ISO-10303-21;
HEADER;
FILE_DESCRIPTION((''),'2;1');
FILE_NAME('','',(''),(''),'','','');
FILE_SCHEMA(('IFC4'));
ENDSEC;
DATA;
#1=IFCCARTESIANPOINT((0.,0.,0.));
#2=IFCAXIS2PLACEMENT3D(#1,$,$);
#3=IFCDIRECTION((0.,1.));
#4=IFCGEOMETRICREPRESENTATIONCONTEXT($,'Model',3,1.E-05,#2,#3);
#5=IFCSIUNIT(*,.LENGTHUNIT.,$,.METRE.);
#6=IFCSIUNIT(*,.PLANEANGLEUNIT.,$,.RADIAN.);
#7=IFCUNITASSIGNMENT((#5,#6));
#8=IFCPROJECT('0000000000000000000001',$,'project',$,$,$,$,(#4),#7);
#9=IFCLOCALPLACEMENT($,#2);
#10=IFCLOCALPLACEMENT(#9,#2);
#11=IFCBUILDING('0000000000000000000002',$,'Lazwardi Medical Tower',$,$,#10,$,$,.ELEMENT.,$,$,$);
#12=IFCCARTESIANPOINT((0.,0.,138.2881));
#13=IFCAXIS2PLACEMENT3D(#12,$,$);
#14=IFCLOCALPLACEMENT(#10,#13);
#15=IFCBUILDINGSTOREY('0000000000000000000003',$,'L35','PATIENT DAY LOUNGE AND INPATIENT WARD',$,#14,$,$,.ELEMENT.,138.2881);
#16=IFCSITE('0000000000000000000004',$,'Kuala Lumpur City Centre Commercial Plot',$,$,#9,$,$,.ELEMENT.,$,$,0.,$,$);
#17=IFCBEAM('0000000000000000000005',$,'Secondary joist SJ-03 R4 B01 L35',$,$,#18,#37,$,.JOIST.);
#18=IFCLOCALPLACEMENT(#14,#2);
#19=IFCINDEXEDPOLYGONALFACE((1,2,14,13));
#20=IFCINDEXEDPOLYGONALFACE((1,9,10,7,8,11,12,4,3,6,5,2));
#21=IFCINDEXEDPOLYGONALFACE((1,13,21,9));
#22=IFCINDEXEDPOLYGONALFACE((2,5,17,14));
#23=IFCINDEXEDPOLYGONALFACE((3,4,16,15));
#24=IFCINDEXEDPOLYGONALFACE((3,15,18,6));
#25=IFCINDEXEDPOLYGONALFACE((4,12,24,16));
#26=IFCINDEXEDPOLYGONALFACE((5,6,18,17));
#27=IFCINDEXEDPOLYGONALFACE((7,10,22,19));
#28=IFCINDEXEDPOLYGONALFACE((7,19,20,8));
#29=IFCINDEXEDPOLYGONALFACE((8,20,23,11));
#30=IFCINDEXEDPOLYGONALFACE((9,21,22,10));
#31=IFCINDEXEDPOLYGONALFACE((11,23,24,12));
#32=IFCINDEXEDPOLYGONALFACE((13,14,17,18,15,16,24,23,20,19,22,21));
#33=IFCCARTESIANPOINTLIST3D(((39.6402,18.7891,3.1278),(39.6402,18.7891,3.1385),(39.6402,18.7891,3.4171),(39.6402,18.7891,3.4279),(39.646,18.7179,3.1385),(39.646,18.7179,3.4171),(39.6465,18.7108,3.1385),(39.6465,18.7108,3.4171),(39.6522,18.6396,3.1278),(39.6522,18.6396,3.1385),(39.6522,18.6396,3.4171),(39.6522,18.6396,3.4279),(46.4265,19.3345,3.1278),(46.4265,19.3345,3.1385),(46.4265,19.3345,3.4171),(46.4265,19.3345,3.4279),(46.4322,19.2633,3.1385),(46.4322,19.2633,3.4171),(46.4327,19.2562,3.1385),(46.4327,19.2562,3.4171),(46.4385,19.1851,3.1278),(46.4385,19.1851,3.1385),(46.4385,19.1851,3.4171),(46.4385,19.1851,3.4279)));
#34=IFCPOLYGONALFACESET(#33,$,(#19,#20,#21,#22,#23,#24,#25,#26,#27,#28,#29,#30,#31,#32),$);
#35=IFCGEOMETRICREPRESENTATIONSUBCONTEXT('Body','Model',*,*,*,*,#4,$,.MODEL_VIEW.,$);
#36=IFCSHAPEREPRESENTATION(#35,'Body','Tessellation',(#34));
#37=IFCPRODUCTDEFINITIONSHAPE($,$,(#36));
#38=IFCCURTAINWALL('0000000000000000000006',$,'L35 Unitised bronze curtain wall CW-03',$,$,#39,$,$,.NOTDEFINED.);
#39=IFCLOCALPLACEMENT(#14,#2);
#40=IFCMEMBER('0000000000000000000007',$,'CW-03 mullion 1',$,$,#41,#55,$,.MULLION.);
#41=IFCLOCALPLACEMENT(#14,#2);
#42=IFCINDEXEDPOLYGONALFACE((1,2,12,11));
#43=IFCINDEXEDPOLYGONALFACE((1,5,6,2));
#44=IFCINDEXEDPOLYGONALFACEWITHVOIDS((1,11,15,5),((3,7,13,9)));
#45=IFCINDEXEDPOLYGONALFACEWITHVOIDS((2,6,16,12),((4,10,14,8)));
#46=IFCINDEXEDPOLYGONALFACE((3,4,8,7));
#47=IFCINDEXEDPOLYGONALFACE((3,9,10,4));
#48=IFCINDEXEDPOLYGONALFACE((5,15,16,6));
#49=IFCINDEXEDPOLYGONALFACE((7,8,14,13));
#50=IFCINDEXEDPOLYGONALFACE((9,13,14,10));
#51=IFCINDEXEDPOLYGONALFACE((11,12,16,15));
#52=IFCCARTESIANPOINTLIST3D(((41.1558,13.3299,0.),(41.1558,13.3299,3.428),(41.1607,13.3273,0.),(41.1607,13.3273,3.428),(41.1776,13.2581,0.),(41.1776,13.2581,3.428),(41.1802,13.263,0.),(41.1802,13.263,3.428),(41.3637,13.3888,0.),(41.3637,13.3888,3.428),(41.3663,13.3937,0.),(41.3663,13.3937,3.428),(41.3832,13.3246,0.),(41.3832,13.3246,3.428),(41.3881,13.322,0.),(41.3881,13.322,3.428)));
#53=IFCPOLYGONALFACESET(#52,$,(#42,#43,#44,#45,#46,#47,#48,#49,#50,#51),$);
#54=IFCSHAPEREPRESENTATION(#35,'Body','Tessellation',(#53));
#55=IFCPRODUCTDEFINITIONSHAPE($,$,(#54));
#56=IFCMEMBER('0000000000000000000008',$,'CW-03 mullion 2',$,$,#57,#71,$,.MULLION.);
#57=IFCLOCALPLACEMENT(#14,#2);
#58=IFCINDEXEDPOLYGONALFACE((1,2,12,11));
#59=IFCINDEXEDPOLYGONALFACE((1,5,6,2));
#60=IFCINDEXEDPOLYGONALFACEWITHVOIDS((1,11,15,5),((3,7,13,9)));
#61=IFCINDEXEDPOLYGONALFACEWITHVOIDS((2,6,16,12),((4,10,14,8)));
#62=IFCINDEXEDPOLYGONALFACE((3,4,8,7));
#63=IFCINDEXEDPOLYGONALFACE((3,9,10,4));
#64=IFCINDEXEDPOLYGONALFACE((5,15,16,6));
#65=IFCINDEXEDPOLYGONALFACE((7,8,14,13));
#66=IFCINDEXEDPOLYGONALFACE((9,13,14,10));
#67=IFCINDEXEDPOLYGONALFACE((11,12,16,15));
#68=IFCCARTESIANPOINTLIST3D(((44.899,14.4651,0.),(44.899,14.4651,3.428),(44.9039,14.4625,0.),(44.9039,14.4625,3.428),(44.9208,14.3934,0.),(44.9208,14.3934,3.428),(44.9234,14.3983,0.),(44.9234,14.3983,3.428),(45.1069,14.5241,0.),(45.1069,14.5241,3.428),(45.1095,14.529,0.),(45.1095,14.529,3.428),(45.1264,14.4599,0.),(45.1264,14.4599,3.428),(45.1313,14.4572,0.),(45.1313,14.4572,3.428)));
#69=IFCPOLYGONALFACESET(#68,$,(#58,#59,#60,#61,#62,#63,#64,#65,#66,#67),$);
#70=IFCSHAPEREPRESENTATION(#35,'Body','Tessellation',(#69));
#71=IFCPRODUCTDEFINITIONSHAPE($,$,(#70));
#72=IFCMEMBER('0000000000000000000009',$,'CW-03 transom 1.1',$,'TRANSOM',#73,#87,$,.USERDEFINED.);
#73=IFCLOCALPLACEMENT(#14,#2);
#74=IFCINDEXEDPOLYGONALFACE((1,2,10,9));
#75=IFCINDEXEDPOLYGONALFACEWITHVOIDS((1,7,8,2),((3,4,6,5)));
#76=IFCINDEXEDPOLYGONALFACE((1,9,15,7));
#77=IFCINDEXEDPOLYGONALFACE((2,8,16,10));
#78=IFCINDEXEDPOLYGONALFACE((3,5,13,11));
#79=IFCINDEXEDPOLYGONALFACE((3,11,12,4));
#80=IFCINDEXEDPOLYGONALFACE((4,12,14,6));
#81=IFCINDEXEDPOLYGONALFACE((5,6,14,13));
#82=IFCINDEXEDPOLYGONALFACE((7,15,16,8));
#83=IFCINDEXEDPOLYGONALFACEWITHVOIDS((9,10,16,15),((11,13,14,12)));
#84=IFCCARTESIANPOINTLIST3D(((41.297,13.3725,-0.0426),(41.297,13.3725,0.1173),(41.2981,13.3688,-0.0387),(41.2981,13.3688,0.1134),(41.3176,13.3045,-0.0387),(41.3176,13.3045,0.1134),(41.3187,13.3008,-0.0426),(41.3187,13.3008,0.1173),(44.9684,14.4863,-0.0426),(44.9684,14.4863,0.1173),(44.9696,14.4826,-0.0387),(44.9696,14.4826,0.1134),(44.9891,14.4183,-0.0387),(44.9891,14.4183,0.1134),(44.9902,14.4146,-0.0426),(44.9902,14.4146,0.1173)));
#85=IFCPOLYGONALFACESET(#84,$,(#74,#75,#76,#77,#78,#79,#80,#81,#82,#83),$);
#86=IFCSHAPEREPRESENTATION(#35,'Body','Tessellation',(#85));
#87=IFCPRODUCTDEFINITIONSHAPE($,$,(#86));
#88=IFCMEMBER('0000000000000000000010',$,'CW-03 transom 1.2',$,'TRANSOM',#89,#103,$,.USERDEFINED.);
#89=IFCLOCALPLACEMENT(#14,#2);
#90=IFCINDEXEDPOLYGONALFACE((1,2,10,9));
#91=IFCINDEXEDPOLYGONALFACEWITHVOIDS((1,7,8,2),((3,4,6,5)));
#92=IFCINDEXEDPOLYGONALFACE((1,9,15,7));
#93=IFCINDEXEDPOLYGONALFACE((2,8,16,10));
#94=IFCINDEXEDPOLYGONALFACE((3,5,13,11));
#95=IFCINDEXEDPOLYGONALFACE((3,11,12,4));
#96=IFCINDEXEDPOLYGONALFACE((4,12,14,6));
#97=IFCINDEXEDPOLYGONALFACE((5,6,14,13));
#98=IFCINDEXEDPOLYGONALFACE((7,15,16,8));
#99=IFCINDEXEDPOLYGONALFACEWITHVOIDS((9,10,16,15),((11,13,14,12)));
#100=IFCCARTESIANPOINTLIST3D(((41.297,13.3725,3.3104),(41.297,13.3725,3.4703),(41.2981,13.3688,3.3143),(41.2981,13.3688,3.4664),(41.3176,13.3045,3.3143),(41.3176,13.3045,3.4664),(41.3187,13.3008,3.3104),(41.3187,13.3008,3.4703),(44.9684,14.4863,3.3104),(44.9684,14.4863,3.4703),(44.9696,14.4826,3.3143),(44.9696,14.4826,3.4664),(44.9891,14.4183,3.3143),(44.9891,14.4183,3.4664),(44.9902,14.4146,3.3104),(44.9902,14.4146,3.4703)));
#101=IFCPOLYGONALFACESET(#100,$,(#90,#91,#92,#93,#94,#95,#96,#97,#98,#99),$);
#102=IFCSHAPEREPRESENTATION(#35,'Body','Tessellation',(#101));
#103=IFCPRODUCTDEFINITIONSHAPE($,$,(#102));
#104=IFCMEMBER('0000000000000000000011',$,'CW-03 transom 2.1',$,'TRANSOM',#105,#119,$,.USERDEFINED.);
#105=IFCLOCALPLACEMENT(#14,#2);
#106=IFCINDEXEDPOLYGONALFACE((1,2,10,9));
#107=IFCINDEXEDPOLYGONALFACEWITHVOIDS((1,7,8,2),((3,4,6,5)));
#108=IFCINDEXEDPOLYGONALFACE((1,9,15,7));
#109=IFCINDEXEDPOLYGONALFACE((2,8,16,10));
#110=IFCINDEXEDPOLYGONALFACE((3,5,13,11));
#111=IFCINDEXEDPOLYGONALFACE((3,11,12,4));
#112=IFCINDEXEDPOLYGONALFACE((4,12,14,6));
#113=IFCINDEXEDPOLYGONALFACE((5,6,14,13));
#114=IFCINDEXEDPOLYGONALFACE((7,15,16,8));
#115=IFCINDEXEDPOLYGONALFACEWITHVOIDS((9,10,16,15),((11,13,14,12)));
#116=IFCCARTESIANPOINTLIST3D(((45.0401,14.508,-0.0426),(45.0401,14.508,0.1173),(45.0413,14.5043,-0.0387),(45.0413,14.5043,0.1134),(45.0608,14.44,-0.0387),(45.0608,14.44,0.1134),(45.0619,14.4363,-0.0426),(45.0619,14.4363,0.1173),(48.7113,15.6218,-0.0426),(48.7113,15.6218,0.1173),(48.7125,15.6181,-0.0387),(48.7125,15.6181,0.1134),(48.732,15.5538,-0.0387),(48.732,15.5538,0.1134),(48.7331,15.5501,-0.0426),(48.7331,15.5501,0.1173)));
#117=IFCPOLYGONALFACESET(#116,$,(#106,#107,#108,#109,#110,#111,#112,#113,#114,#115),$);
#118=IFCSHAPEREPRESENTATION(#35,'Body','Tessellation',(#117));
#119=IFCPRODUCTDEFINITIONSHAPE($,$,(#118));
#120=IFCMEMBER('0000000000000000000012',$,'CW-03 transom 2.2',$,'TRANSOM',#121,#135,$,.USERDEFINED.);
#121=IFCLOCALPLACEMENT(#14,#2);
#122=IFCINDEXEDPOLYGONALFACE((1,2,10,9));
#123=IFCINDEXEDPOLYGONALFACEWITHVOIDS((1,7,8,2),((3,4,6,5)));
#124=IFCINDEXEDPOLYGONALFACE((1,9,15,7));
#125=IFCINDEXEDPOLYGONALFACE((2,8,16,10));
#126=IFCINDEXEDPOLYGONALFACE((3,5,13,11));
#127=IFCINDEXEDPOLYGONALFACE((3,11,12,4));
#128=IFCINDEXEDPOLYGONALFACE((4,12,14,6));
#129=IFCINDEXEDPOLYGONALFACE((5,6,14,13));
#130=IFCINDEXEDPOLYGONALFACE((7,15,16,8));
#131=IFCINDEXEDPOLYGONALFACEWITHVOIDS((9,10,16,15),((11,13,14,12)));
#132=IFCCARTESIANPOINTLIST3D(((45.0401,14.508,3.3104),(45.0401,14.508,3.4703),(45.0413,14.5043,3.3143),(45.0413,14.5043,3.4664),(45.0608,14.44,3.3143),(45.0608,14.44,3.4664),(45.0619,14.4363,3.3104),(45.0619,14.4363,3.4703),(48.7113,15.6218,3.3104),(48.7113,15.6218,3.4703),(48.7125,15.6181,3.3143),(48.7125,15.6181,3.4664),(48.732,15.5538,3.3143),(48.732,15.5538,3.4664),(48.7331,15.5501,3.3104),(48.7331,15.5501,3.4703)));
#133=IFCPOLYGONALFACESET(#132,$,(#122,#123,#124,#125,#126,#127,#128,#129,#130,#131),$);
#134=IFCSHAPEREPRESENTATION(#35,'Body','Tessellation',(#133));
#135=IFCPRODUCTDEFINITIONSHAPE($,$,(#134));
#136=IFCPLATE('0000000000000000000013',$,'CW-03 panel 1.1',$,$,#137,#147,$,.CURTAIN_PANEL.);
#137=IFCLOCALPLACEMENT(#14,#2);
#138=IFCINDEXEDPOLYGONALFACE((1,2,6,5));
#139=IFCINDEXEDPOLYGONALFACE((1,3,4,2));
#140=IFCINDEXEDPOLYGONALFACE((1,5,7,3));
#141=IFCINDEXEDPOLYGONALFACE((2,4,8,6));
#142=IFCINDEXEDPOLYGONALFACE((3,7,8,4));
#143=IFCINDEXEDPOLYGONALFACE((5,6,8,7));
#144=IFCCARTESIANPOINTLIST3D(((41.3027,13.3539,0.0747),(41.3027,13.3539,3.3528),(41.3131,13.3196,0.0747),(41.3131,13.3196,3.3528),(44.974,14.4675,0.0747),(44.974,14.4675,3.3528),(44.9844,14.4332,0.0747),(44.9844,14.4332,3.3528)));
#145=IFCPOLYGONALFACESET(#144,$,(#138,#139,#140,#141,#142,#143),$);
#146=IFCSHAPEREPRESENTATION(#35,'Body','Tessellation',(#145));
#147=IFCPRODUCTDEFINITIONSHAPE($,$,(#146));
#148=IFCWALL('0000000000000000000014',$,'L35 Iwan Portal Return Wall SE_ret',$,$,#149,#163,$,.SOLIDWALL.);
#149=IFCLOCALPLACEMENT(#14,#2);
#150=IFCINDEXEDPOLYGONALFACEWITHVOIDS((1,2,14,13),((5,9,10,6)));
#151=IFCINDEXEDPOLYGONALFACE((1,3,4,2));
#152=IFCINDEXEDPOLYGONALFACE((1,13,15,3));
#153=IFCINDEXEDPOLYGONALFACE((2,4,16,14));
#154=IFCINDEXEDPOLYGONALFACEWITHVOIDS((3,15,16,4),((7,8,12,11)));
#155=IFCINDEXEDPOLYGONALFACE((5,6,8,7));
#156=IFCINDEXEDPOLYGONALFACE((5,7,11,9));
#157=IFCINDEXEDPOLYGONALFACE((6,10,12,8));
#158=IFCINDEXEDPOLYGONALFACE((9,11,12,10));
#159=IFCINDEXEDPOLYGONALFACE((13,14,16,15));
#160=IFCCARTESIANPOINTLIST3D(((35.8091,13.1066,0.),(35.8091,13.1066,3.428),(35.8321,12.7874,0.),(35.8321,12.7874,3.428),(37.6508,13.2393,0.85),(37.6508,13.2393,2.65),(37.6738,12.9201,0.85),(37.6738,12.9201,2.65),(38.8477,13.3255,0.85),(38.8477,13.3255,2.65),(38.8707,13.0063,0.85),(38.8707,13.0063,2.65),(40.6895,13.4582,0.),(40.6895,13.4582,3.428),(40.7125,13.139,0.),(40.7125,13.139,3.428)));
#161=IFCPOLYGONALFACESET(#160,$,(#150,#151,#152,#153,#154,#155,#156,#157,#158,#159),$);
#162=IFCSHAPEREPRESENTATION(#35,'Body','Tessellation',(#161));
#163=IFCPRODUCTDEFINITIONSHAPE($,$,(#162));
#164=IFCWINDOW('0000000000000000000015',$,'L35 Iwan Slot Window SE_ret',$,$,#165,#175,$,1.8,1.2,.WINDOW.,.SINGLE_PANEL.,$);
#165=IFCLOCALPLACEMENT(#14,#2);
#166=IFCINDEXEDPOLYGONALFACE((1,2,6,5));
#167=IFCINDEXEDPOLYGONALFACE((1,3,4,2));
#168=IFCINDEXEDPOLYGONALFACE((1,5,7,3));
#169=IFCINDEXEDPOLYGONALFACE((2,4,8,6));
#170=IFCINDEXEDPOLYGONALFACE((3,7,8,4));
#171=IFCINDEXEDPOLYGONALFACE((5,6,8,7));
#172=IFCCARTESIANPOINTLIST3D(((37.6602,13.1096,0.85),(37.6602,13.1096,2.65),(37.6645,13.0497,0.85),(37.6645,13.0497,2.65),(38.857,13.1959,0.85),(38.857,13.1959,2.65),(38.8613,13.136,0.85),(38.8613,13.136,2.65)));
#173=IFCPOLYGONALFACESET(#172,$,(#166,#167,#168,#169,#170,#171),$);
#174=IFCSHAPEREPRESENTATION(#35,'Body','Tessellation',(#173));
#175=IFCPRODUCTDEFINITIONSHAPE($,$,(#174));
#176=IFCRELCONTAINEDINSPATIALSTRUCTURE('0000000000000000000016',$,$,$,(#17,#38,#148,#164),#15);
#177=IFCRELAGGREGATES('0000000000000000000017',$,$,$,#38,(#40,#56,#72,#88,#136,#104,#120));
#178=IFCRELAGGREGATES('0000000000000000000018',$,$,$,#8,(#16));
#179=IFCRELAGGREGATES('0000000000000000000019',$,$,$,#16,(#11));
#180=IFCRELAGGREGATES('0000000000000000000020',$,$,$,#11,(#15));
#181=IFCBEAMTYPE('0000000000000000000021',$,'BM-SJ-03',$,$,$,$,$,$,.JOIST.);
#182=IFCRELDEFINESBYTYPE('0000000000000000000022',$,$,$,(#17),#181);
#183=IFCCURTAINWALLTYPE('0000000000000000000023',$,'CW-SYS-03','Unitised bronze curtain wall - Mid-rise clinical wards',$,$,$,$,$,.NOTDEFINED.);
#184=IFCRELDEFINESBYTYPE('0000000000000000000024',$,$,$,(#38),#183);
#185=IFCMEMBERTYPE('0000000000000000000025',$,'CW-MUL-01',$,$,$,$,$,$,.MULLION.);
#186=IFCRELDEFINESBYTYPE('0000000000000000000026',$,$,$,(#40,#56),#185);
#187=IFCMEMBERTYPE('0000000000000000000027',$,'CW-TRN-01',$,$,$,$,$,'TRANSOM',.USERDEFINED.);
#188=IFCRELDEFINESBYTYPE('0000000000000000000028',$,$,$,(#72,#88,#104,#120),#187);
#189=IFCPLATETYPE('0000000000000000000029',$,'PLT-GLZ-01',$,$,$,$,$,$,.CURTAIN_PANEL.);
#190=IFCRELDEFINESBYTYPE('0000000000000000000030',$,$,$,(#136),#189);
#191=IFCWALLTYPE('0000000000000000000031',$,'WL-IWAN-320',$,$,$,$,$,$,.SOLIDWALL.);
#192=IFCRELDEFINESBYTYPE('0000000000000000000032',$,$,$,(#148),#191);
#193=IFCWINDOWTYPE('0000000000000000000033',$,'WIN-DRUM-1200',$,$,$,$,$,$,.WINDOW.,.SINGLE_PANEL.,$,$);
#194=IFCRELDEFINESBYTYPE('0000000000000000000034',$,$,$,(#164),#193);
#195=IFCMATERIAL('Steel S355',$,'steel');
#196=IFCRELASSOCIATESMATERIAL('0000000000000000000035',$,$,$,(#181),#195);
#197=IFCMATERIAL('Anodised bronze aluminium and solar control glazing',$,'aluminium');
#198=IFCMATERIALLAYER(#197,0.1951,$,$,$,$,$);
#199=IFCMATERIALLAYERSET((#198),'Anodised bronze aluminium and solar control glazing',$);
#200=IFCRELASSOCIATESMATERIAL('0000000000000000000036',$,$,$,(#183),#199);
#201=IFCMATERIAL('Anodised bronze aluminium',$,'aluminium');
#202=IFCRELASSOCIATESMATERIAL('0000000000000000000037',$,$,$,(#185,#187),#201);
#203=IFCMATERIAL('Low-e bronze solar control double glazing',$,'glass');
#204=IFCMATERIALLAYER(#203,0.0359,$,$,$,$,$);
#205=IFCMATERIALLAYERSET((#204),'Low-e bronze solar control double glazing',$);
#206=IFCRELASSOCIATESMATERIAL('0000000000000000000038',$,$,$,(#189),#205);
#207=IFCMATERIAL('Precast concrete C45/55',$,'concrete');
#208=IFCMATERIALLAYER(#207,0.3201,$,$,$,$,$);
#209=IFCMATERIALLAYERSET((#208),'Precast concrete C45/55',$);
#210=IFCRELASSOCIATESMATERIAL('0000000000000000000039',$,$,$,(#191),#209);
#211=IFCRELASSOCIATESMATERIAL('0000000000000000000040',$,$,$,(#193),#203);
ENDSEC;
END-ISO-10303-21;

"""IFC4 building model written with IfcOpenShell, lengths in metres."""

from ifc_helpers import new_model, si_unit, direction, frame, frame_2d, origin, origin_2d, place, context, subcontext, project, spatial, rectangle, hollow_rectangle, i_section, extrude, material, layer, layer_set, material_profile, profile_set, type_object, element, fill, aggregate, save


model = new_model("IFC4")

# Units and contexts
model_context = context("Model", 3, precision=1e-05, world=origin(), true_north=direction((0.0, 1.0)))
body_context = subcontext(model_context, "Body", "Model", "MODEL_VIEW")
ifc_project = project(units=[si_unit("LENGTHUNIT", "METRE"), si_unit("PLANEANGLEUNIT", "RADIAN")], contexts=[model_context])

# Site, building, storey
site_placement = place(None, origin())
site = spatial("IfcSite", under=ifc_project, at=site_placement, Name="Kuala Lumpur City Centre Commercial Plot", CompositionType="ELEMENT", RefElevation=0.0)
building_placement = place(site_placement, origin())
building = spatial("IfcBuilding", under=site, at=building_placement, Name="Lazwardi Medical Tower", CompositionType="ELEMENT")
storey_placement = place(building_placement, frame((0.0, 0.0, 138.2881)))
storey = spatial("IfcBuildingStorey", under=building, at=storey_placement, Name="L35", Description="PATIENT DAY LOUNGE AND INPATIENT WARD", CompositionType="ELEMENT", Elevation=138.2881)

# Beam
ifc_material_1 = material(Name="Steel S355", Category="steel")
ifc_material_profile_1 = material_profile(ifc_material_1, i_section(OverallWidth=0.1499, OverallDepth=0.3, WebThickness=0.0071, FlangeThickness=0.0107, at=origin_2d()), Name="IPE 300")
ifc_profile_set_1 = profile_set([ifc_material_profile_1], Name="Steel S355")
beam_type_1 = type_object("IfcBeamType", Name="BM-SJ-03", PredefinedType="JOIST", material=ifc_profile_set_1)
beam_1_placement = place(storey_placement, frame((39.6462, 18.7144, 3.2778), z_axis=(0.996786, 0.080113, 0.0), x_axis=(-0.080113, 0.996786, 0.0)))
element("IfcBeam", 1, at=beam_1_placement, inside=storey, type_object=beam_type_1, Name="Secondary joist SJ-03 R4 B01 L35", PredefinedType="JOIST", context=body_context, shape_type="SweptSolid", body=[
    extrude(i_section(OverallWidth=0.1499, OverallDepth=0.3, WebThickness=0.0071, FlangeThickness=0.0107, at=origin_2d()), origin(), (0.0, 0.0, 1.0), 6.8081),
])

# Curtain wall, members, plate
ifc_material_2 = material(Name="Anodised bronze aluminium and solar control glazing", Category="aluminium")
ifc_layer_1 = layer(ifc_material_2, 0.1951)
ifc_layer_set_1 = layer_set([ifc_layer_1], Name="Anodised bronze aluminium and solar control glazing")
curtain_wall_type = type_object("IfcCurtainWallType", Name="CW-SYS-03", Description="Unitised bronze curtain wall - Mid-rise clinical wards", PredefinedType="NOTDEFINED", material=ifc_layer_set_1)
curtain_wall_placement = place(storey_placement, origin())
curtain_wall = element("IfcCurtainWall", 2, at=curtain_wall_placement, inside=storey, type_object=curtain_wall_type, Name="L35 Unitised bronze curtain wall CW-03", PredefinedType="NOTDEFINED")
ifc_material_3 = material(Name="Anodised bronze aluminium", Category="aluminium")
ifc_material_profile_2 = material_profile(ifc_material_3, hollow_rectangle(XDim=0.075, YDim=0.22, WallThickness=0.0039, at=origin_2d()), Name="ALU-MULLION 220x75x4")
ifc_profile_set_2 = profile_set([ifc_material_profile_2], Name="Anodised bronze aluminium")
member_type_1 = type_object("IfcMemberType", Name="CW-MUL-01", PredefinedType="MULLION", material=ifc_profile_set_2)
member_1_placement = place(storey_placement, frame((41.272, 13.3259, 0.0), z_axis=(0.0, 0.0, 1.0), x_axis=(-0.290281, 0.956942, 0.0)))
member_1 = element("IfcMember", 3, at=member_1_placement, type_object=member_type_1, Name="CW-03 mullion 1", PredefinedType="MULLION", context=body_context, shape_type="SweptSolid", body=[
    extrude(hollow_rectangle(XDim=0.075, YDim=0.22, WallThickness=0.0039, at=origin_2d()), origin(), (0.0, 0.0, 1.0), 3.428),
])
member_2_placement = place(storey_placement, frame((45.0151, 14.4612, 0.0), z_axis=(0.0, 0.0, 1.0), x_axis=(-0.290281, 0.956942, 0.0)))
member_2 = element("IfcMember", 4, at=member_2_placement, type_object=member_type_1, Name="CW-03 mullion 2", PredefinedType="MULLION", context=body_context, shape_type="SweptSolid", body=[
    extrude(hollow_rectangle(XDim=0.075, YDim=0.22, WallThickness=0.0039, at=origin_2d()), origin(), (0.0, 0.0, 1.0), 3.428),
])
ifc_material_profile_3 = material_profile(ifc_material_3, hollow_rectangle(XDim=0.075, YDim=0.1599, WallThickness=0.0039, at=origin_2d()), Name="ALU-TRANSOM 160x75x4")
ifc_profile_set_3 = profile_set([ifc_material_profile_3], Name="Anodised bronze aluminium")
member_type_2 = type_object("IfcMemberType", Name="CW-TRN-01", ElementType="TRANSOM", PredefinedType="USERDEFINED", material=ifc_profile_set_3)
member_3_placement = place(storey_placement, frame((41.3079, 13.3367, 0.0374), z_axis=(0.956936, 0.290301, 0.0), x_axis=(-0.290301, 0.956936, 0.0)))
member_3 = element("IfcMember", 5, at=member_3_placement, type_object=member_type_2, Name="CW-03 transom 1.1", ObjectType="TRANSOM", PredefinedType="USERDEFINED", context=body_context, shape_type="SweptSolid", body=[
    extrude(hollow_rectangle(XDim=0.075, YDim=0.1599, WallThickness=0.0039, at=origin_2d()), origin(), (0.0, 0.0, 1.0), 3.8367),
])
member_4_placement = place(storey_placement, frame((41.3079, 13.3367, 3.3904), z_axis=(0.956936, 0.290301, 0.0), x_axis=(-0.290301, 0.956936, 0.0)))
member_4 = element("IfcMember", 6, at=member_4_placement, type_object=member_type_2, Name="CW-03 transom 1.2", ObjectType="TRANSOM", PredefinedType="USERDEFINED", context=body_context, shape_type="SweptSolid", body=[
    extrude(hollow_rectangle(XDim=0.075, YDim=0.1599, WallThickness=0.0039, at=origin_2d()), origin(), (0.0, 0.0, 1.0), 3.8367),
])
member_5_placement = place(storey_placement, frame((45.051, 14.4722, 0.0374), z_axis=(0.95693, 0.290318, 0.0), x_axis=(-0.290318, 0.95693, 0.0)))
member_5 = element("IfcMember", 7, at=member_5_placement, type_object=member_type_2, Name="CW-03 transom 2.1", ObjectType="TRANSOM", PredefinedType="USERDEFINED", context=body_context, shape_type="SweptSolid", body=[
    extrude(hollow_rectangle(XDim=0.075, YDim=0.1599, WallThickness=0.0039, at=origin_2d()), origin(), (0.0, 0.0, 1.0), 3.8364),
])
member_6_placement = place(storey_placement, frame((45.051, 14.4722, 3.3904), z_axis=(0.95693, 0.290318, 0.0), x_axis=(-0.290318, 0.95693, 0.0)))
member_6 = element("IfcMember", 8, at=member_6_placement, type_object=member_type_2, Name="CW-03 transom 2.2", ObjectType="TRANSOM", PredefinedType="USERDEFINED", context=body_context, shape_type="SweptSolid", body=[
    extrude(hollow_rectangle(XDim=0.075, YDim=0.1599, WallThickness=0.0039, at=origin_2d()), origin(), (0.0, 0.0, 1.0), 3.8364),
])
ifc_material_4 = material(Name="Low-e bronze solar control double glazing", Category="glass")
ifc_layer_2 = layer(ifc_material_4, 0.0359)
ifc_layer_set_2 = layer_set([ifc_layer_2], Name="Low-e bronze solar control double glazing")
plate_type = type_object("IfcPlateType", Name="PLT-GLZ-01", PredefinedType="CURTAIN_PANEL", material=ifc_layer_set_2)
plate_placement = place(storey_placement, frame((43.1436, 13.8936, 0.0747), z_axis=(0.0, 0.0, 1.0), x_axis=(0.956942, 0.290281, 0.0)))
plate = element("IfcPlate", 9, at=plate_placement, type_object=plate_type, Name="CW-03 panel 1.1", PredefinedType="CURTAIN_PANEL", context=body_context, shape_type="SweptSolid", body=[
    extrude(rectangle(XDim=3.8364, YDim=0.0359, at=origin_2d()), origin(), (0.0, 0.0, 1.0), 3.2781),
])
aggregate(curtain_wall, [member_1, member_2, member_3, member_4, plate, member_5, member_6])

# Wall, opening, window
ifc_material_5 = material(Name="Precast concrete C45/55", Category="concrete")
ifc_layer_3 = layer(ifc_material_5, 0.3201)
ifc_layer_set_3 = layer_set([ifc_layer_3], Name="Precast concrete C45/55")
wall_type_1 = type_object("IfcWallType", Name="WL-IWAN-320", PredefinedType="SOLIDWALL", material=ifc_layer_set_3)
wall_1_placement = place(storey_placement, frame((35.8206, 12.947, 0.0), z_axis=(0.0, 0.0, 1.0), x_axis=(0.997415, 0.07185, 0.0)))
wall_1 = element("IfcWall", 10, at=wall_1_placement, inside=storey, type_object=wall_type_1, Name="L35 Iwan Portal Return Wall SE_ret", PredefinedType="SOLIDWALL", context=body_context, shape_type="SweptSolid", body=[
    extrude(rectangle(XDim=4.8931, YDim=0.3201, at=frame_2d((2.4465, 0.0))), origin(), (0.0, 0.0, 1.0), 3.428),
])
opening_1_placement = place(wall_1_placement, frame((1.8464, 0.0, 0.8501)))
opening_1 = element("IfcOpeningElement", 11, at=opening_1_placement, cuts=wall_1, PredefinedType="OPENING", context=body_context, shape_type="SweptSolid", body=[
    extrude(rectangle(XDim=1.2, YDim=1.8, at=frame_2d((0.6001, 0.8999))), frame((0.0, 0.1699, 0.0), z_axis=(0.0, -1.0, 0.0), x_axis=(1.0, 0.0, 0.0)), (0.0, 0.0, 1.0), 0.3401),
])
window_type_1 = type_object("IfcWindowType", Name="WIN-DRUM-1200", PartitioningType="SINGLE_PANEL", PredefinedType="WINDOW", material=ifc_material_4)
window_1_placement = place(opening_1_placement, origin())
window_1 = element("IfcWindow", 12, at=window_1_placement, inside=storey, type_object=window_type_1, Name="L35 Iwan Slot Window SE_ret", OverallHeight=1.8, OverallWidth=1.2, PartitioningType="SINGLE_PANEL", PredefinedType="WINDOW", context=body_context, shape_type="SweptSolid", body=[
    extrude(rectangle(XDim=1.2, YDim=1.8, at=frame_2d((0.6001, 0.8999))), frame((0.0, 0.03, 0.0), z_axis=(0.0, -1.0, 0.0), x_axis=(1.0, 0.0, 0.0)), (0.0, 0.0, 1.0), 0.0601),
])
fill(opening_1, window_1)

save(model, "model.ifc")
